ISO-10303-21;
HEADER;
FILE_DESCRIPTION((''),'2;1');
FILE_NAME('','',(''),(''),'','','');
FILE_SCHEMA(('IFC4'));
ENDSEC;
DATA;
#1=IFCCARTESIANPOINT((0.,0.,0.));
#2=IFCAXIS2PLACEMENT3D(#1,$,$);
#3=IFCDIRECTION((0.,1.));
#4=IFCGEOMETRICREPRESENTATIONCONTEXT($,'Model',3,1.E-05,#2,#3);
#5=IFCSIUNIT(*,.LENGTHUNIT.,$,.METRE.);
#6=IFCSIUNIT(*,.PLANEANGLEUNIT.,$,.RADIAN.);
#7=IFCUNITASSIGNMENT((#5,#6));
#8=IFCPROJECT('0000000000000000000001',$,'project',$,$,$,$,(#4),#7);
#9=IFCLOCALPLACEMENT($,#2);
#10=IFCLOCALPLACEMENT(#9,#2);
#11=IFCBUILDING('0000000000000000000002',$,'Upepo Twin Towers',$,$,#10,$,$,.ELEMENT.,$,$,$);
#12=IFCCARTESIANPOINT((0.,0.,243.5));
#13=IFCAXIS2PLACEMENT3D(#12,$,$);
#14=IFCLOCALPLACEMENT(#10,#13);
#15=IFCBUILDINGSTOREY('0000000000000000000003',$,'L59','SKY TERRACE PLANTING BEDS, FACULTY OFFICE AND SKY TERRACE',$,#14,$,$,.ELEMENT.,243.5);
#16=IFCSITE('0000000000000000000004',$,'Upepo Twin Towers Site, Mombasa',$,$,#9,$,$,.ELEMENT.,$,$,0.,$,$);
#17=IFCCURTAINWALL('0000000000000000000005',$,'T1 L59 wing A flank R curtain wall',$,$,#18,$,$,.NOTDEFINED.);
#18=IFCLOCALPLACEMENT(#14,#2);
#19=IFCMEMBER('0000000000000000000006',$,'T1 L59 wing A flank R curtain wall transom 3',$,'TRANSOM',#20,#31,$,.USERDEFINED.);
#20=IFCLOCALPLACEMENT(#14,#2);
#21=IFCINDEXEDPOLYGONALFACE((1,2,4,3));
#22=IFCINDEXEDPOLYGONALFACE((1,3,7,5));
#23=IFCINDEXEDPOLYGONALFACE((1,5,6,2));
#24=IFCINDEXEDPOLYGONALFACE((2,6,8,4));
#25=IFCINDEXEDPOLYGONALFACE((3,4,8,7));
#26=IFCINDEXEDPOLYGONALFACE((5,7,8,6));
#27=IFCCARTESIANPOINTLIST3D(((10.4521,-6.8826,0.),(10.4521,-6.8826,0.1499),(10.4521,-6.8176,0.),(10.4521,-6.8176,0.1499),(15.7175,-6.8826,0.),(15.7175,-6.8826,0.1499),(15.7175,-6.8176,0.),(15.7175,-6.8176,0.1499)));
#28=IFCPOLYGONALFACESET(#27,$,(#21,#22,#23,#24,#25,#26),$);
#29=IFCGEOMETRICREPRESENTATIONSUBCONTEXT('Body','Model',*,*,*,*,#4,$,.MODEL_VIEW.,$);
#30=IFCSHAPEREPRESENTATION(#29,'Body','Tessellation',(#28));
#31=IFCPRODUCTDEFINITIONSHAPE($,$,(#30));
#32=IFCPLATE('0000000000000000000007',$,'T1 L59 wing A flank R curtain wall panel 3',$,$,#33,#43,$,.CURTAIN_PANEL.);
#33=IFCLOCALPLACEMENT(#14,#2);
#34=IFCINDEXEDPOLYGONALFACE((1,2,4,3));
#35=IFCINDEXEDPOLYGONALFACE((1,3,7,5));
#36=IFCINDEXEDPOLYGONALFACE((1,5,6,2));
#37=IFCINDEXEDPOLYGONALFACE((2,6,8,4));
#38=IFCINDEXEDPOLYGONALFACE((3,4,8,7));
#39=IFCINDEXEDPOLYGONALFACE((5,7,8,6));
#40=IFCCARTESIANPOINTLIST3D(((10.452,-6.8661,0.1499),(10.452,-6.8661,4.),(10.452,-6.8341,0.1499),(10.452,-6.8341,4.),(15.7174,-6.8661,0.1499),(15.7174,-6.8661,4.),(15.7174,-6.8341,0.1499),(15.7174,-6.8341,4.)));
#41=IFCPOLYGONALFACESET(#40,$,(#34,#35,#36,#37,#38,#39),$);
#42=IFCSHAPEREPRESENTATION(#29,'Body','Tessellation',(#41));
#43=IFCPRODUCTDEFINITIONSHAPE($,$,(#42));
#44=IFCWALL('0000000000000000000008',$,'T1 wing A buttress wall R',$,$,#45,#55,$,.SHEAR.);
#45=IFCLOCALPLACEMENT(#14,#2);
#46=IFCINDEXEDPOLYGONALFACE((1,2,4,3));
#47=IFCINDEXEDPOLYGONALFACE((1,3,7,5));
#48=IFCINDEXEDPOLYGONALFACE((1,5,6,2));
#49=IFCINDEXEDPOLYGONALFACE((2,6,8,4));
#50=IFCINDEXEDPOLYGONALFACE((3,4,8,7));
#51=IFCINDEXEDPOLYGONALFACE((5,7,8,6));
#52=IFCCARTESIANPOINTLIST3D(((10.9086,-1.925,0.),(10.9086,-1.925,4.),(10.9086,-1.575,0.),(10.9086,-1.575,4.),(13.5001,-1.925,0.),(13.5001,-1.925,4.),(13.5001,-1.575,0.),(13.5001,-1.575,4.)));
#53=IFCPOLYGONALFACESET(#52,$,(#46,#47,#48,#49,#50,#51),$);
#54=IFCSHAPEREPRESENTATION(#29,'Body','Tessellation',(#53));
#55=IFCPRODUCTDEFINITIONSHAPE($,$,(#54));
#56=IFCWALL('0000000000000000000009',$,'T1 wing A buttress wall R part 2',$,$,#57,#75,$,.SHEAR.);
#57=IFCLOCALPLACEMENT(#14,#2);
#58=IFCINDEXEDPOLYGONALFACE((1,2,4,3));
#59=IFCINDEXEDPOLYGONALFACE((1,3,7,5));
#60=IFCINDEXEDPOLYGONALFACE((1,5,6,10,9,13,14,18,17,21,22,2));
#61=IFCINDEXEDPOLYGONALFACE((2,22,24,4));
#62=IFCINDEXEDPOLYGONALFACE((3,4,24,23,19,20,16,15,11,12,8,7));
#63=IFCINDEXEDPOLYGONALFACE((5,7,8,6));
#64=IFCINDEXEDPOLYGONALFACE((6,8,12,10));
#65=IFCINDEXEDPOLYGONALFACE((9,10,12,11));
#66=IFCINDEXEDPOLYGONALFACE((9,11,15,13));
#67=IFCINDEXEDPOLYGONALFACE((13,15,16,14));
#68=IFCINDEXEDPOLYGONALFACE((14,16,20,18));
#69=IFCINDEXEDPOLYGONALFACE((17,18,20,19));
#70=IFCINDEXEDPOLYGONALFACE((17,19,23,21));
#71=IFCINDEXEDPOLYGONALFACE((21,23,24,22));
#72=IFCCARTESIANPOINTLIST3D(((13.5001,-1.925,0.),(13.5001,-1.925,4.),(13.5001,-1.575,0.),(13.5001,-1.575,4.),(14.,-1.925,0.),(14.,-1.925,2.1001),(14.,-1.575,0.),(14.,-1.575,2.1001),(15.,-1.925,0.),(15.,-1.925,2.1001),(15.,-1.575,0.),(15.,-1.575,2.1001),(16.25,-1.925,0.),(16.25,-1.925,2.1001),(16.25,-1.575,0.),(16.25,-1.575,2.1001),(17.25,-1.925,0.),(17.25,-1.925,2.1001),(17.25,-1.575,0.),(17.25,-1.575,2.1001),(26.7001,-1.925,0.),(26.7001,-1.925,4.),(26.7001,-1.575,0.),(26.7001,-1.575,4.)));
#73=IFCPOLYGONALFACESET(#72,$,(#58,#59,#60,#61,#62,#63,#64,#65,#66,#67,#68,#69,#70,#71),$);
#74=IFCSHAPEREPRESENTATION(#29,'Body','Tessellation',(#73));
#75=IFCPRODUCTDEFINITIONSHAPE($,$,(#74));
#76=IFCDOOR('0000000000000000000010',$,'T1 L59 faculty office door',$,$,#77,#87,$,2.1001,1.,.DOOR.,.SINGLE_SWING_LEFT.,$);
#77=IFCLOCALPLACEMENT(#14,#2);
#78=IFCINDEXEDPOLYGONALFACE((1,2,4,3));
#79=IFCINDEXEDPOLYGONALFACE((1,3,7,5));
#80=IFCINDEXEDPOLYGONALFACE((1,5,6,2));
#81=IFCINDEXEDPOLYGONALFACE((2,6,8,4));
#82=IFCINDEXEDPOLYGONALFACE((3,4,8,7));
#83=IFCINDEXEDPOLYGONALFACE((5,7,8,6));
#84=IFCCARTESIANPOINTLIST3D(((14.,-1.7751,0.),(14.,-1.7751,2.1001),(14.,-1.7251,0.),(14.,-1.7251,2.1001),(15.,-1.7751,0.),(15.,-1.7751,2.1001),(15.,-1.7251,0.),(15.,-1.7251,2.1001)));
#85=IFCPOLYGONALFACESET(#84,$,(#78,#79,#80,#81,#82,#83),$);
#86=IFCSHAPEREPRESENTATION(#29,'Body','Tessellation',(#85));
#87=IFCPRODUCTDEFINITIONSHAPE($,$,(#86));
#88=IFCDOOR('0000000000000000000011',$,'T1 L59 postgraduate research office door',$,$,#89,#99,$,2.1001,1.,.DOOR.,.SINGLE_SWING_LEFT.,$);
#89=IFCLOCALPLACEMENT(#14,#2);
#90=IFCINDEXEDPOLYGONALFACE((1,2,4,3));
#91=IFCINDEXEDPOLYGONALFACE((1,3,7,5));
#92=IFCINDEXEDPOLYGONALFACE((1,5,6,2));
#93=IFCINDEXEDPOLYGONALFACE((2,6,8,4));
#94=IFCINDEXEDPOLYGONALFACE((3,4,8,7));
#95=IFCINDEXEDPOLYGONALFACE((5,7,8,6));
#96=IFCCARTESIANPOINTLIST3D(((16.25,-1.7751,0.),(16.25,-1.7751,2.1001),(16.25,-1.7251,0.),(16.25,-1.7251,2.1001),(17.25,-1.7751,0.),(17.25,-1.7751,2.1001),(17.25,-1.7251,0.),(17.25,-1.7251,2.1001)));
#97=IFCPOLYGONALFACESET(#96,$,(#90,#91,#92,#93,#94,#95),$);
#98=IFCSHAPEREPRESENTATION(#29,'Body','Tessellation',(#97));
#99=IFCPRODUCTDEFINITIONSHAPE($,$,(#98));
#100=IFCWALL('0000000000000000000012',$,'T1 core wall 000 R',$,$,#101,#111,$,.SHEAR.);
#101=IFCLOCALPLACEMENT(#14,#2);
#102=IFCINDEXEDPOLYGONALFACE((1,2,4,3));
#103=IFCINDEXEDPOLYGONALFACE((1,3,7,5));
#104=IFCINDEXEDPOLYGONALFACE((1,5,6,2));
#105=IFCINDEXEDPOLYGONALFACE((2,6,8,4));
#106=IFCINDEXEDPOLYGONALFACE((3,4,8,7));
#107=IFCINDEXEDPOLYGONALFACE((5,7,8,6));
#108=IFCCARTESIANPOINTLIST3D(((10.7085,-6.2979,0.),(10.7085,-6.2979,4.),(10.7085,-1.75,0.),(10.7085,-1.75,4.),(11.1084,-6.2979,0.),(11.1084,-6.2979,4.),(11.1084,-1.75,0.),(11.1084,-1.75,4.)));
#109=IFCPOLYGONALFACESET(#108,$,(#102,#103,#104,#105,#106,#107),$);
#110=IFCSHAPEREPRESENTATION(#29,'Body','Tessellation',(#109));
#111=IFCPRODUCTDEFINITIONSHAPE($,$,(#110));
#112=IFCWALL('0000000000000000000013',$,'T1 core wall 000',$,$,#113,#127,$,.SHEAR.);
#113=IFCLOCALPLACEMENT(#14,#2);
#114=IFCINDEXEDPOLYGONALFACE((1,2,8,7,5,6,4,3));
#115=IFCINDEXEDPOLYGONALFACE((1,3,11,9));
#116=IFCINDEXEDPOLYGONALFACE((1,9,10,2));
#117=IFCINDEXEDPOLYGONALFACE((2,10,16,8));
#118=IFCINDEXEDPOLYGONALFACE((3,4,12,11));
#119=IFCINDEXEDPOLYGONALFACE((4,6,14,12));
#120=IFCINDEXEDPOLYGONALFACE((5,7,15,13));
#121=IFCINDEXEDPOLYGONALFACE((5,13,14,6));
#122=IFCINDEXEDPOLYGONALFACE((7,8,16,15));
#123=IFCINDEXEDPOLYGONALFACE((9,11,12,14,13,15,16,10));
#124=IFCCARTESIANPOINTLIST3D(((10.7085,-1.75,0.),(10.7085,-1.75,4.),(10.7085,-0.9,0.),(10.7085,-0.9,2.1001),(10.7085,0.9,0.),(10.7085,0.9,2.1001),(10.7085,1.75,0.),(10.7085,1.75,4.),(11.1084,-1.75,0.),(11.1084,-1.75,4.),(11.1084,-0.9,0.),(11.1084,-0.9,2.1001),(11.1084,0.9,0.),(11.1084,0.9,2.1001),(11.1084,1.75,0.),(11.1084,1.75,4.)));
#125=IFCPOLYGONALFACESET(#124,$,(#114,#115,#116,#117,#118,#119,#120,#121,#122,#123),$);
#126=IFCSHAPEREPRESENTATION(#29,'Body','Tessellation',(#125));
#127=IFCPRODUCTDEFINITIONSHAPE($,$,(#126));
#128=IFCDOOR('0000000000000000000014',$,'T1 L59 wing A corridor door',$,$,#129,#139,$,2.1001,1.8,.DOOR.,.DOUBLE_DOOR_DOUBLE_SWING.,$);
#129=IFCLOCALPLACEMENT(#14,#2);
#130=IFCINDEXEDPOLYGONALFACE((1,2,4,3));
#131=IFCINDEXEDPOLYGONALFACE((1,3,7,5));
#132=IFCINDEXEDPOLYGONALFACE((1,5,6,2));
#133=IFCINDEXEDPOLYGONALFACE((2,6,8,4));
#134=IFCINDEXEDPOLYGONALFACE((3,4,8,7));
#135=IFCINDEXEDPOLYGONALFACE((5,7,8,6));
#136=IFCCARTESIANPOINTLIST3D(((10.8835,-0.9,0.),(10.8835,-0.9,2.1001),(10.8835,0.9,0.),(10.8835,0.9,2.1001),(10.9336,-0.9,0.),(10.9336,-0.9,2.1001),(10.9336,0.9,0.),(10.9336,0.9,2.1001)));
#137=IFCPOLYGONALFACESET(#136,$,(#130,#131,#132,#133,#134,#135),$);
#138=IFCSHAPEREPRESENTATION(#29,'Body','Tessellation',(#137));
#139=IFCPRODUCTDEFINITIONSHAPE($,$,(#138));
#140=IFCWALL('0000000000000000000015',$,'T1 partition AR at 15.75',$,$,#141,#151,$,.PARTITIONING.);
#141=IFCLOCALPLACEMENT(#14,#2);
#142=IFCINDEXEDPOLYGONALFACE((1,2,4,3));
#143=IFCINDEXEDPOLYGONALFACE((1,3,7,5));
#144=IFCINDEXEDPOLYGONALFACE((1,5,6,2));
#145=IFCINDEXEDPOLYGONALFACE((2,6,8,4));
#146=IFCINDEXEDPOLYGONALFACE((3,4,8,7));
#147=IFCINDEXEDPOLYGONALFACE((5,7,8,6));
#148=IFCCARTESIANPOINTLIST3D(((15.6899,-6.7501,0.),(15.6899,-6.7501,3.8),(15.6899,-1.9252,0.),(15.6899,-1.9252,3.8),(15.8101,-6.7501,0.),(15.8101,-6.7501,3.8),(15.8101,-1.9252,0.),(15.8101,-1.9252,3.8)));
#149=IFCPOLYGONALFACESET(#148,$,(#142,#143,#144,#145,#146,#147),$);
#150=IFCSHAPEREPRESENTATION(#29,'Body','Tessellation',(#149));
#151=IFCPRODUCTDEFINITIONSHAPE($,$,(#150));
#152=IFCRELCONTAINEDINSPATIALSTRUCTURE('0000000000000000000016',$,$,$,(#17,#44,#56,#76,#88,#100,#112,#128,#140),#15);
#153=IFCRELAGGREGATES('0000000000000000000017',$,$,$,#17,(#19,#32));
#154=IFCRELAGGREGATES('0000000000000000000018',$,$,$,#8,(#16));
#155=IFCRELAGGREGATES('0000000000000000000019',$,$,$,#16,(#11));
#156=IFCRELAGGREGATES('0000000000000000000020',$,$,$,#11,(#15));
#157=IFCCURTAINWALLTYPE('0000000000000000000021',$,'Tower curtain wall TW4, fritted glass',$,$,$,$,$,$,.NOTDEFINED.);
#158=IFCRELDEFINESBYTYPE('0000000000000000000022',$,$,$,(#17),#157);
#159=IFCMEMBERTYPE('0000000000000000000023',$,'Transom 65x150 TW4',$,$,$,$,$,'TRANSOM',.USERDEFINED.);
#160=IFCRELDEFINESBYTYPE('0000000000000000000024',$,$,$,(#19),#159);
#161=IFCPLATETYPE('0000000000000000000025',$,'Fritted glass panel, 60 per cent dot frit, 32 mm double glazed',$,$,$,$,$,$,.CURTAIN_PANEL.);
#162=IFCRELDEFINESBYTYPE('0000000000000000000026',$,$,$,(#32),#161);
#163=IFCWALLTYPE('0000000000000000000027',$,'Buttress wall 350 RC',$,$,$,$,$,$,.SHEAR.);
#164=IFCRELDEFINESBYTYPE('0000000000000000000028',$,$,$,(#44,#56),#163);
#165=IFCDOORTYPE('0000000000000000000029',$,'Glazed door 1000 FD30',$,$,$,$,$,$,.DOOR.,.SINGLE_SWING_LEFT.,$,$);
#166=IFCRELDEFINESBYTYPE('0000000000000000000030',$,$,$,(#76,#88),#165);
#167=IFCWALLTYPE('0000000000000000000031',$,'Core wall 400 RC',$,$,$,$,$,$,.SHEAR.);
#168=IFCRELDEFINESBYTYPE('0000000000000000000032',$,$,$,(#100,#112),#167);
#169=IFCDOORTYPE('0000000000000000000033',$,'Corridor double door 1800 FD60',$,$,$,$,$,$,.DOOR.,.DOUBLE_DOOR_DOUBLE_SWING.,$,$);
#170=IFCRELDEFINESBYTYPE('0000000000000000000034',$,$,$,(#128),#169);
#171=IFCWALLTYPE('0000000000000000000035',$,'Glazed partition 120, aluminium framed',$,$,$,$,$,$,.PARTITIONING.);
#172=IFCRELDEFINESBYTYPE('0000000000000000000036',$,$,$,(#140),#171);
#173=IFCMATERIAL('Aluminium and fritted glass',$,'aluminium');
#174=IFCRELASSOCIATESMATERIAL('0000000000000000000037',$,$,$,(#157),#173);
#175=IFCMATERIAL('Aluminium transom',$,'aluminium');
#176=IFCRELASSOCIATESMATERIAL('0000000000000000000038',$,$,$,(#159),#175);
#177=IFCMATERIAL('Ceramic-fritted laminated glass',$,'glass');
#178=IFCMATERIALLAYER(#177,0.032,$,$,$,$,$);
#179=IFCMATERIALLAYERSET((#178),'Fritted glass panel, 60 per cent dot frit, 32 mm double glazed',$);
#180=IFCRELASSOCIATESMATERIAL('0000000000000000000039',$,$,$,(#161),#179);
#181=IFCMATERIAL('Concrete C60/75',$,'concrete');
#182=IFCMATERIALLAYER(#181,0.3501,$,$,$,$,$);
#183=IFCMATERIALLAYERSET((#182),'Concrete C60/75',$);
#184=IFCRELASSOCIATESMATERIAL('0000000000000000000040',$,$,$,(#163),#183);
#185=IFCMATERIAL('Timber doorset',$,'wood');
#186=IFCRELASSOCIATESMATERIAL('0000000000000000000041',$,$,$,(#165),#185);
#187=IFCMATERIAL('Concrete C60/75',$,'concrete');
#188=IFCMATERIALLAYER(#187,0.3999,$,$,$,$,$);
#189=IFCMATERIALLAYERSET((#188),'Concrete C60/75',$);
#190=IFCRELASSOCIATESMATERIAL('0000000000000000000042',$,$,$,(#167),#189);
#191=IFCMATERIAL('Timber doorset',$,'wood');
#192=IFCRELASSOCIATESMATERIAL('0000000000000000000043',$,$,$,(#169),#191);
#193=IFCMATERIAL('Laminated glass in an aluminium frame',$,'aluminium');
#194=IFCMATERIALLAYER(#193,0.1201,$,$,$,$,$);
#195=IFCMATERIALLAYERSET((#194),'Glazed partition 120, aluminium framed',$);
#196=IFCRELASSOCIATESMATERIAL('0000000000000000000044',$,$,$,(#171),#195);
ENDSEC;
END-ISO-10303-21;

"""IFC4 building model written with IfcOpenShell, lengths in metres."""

from ifc_helpers import new_model, si_unit, direction, frame, frame_2d, origin, origin_2d, place, context, subcontext, project, spatial, rectangle, extrude, material, layer, layer_set, material_profile, profile_set, type_object, element, fill, aggregate, save


model = new_model("IFC4")

# Units and contexts
model_context = context("Model", 3, precision=1e-05, world=origin(), true_north=direction((0.0, 1.0)))
body_context = subcontext(model_context, "Body", "Model", "MODEL_VIEW")
ifc_project = project(units=[si_unit("LENGTHUNIT", "METRE"), si_unit("PLANEANGLEUNIT", "RADIAN")], contexts=[model_context])

# Site, building, storey
site_placement = place(None, origin())
site = spatial("IfcSite", under=ifc_project, at=site_placement, Name="Upepo Twin Towers Site, Mombasa", CompositionType="ELEMENT", RefElevation=0.0)
building_placement = place(site_placement, origin())
building = spatial("IfcBuilding", under=site, at=building_placement, Name="Upepo Twin Towers", CompositionType="ELEMENT")
storey_placement = place(building_placement, frame((0.0, 0.0, 243.5)))
storey = spatial("IfcBuildingStorey", under=building, at=storey_placement, Name="L59", Description="SKY TERRACE PLANTING BEDS, FACULTY OFFICE AND SKY TERRACE", CompositionType="ELEMENT", Elevation=243.5)

# Curtain wall, member, plate
ifc_material_1 = material(Name="Aluminium and fritted glass", Category="aluminium")
curtain_wall_type = type_object("IfcCurtainWallType", Name="Tower curtain wall TW4, fritted glass", PredefinedType="NOTDEFINED", material=ifc_material_1)
curtain_wall_placement = place(storey_placement, origin())
curtain_wall = element("IfcCurtainWall", 1, at=curtain_wall_placement, inside=storey, type_object=curtain_wall_type, Name="T1 L59 wing A flank R curtain wall", PredefinedType="NOTDEFINED")
ifc_material_2 = material(Name="Aluminium transom", Category="aluminium")
ifc_material_profile_1 = material_profile(ifc_material_2, rectangle(XDim=0.0649, YDim=0.1499, at=origin_2d()), Name="TRANSOM 65x150")
ifc_profile_set_1 = profile_set([ifc_material_profile_1], Name="Aluminium transom")
member_type_1 = type_object("IfcMemberType", Name="Transom 65x150 TW4", ElementType="TRANSOM", PredefinedType="USERDEFINED", material=ifc_profile_set_1)
member_1_placement = place(storey_placement, frame((15.7175, -6.8501, 0.075), z_axis=(-1.0, 0.0, 0.0), x_axis=(0.0, -1.0, 0.0)))
member_1 = element("IfcMember", 2, at=member_1_placement, type_object=member_type_1, Name="T1 L59 wing A flank R curtain wall transom 3", ObjectType="TRANSOM", PredefinedType="USERDEFINED", context=body_context, shape_type="SweptSolid", body=[
    extrude(rectangle(XDim=0.0649, YDim=0.1499, at=origin_2d()), origin(), (0.0, 0.0, 1.0), 5.2654),
])
ifc_material_3 = material(Name="Ceramic-fritted laminated glass", Category="glass")
ifc_layer_1 = layer(ifc_material_3, 0.032)
ifc_layer_set_1 = layer_set([ifc_layer_1], Name="Fritted glass panel, 60 per cent dot frit, 32 mm double glazed")
plate_type = type_object("IfcPlateType", Name="Fritted glass panel, 60 per cent dot frit, 32 mm double glazed", PredefinedType="CURTAIN_PANEL", material=ifc_layer_set_1)
plate_placement = place(storey_placement, frame((13.0847, -6.8501, 0.1499), z_axis=(0.0, 0.0, 1.0), x_axis=(-1.0, 0.0, 0.0)))
plate = element("IfcPlate", 3, at=plate_placement, type_object=plate_type, Name="T1 L59 wing A flank R curtain wall panel 3", PredefinedType="CURTAIN_PANEL", context=body_context, shape_type="SweptSolid", body=[
    extrude(rectangle(XDim=5.2654, YDim=0.032, at=origin_2d()), origin(), (0.0, 0.0, 1.0), 3.8501),
])
aggregate(curtain_wall, [member_1, plate])

# Wall
ifc_material_4 = material(Name="Concrete C60/75", Category="concrete")
ifc_layer_2 = layer(ifc_material_4, 0.3501)
ifc_layer_set_2 = layer_set([ifc_layer_2], Name="Concrete C60/75")
wall_type_1 = type_object("IfcWallType", Name="Buttress wall 350 RC", PredefinedType="SHEAR", material=ifc_layer_set_2)
wall_1_placement = place(storey_placement, frame((10.9084, -1.75, 0.0), z_axis=(0.0, 0.0, 1.0), x_axis=(1.0, 0.0, 0.0)))
element("IfcWall", 4, at=wall_1_placement, inside=storey, type_object=wall_type_1, Name="T1 wing A buttress wall R", PredefinedType="SHEAR", context=body_context, shape_type="SweptSolid", body=[
    extrude(rectangle(XDim=2.5916, YDim=0.3501, at=frame_2d((1.2959, 0.0))), origin(), (0.0, 0.0, 1.0), 4.0),
])

# Wall, openings, doors
wall_2_placement = place(storey_placement, frame((13.5, -1.75, 0.0), z_axis=(0.0, 0.0, 1.0), x_axis=(1.0, 0.0, 0.0)))
wall_2 = element("IfcWall", 5, at=wall_2_placement, inside=storey, type_object=wall_type_1, Name="T1 wing A buttress wall R part 2", PredefinedType="SHEAR", context=body_context, shape_type="SweptSolid", body=[
    extrude(rectangle(XDim=13.2, YDim=0.3501, at=frame_2d((6.6001, 0.0))), origin(), (0.0, 0.0, 1.0), 4.0),
])
opening_1_placement = place(wall_2_placement, frame((0.5, 0.0, 0.0)))
opening_1 = element("IfcOpeningElement", 6, at=opening_1_placement, cuts=wall_2, PredefinedType="OPENING", context=body_context, shape_type="SweptSolid", body=[
    extrude(rectangle(XDim=1.0, YDim=2.1001, at=frame_2d((0.5, 1.05))), frame((0.0, 0.1851, 0.0), z_axis=(0.0, -1.0, 0.0), x_axis=(1.0, 0.0, 0.0)), (0.0, 0.0, 1.0), 0.3701),
])
opening_2_placement = place(wall_2_placement, frame((2.75, 0.0, 0.0)))
opening_2 = element("IfcOpeningElement", 7, at=opening_2_placement, cuts=wall_2, PredefinedType="OPENING", context=body_context, shape_type="SweptSolid", body=[
    extrude(rectangle(XDim=1.0, YDim=2.1001, at=frame_2d((0.5, 1.05))), frame((0.0, 0.1851, 0.0), z_axis=(0.0, -1.0, 0.0), x_axis=(1.0, 0.0, 0.0)), (0.0, 0.0, 1.0), 0.3701),
])
ifc_material_5 = material(Name="Timber doorset", Category="wood")
door_type_1 = type_object("IfcDoorType", Name="Glazed door 1000 FD30", OperationType="SINGLE_SWING_LEFT", PredefinedType="DOOR", material=ifc_material_5)
door_1_placement = place(opening_1_placement, origin())
door_1 = element("IfcDoor", 8, at=door_1_placement, inside=storey, type_object=door_type_1, Name="T1 L59 faculty office door", OperationType="SINGLE_SWING_LEFT", OverallHeight=2.1001, OverallWidth=1.0, PredefinedType="DOOR", context=body_context, shape_type="SweptSolid", body=[
    extrude(rectangle(XDim=1.0, YDim=2.1001, at=frame_2d((0.5, 1.05))), frame((0.0, 0.0249, 0.0), z_axis=(0.0, -1.0, 0.0), x_axis=(1.0, 0.0, 0.0)), (0.0, 0.0, 1.0), 0.05),
])
fill(opening_1, door_1)
door_2_placement = place(opening_2_placement, origin())
door_2 = element("IfcDoor", 9, at=door_2_placement, inside=storey, type_object=door_type_1, Name="T1 L59 postgraduate research office door", OperationType="SINGLE_SWING_LEFT", OverallHeight=2.1001, OverallWidth=1.0, PredefinedType="DOOR", context=body_context, shape_type="SweptSolid", body=[
    extrude(rectangle(XDim=1.0, YDim=2.1001, at=frame_2d((0.5, 1.05))), frame((0.0, 0.0249, 0.0), z_axis=(0.0, -1.0, 0.0), x_axis=(1.0, 0.0, 0.0)), (0.0, 0.0, 1.0), 0.05),
])
fill(opening_2, door_2)

# Wall
ifc_material_6 = material(Name="Concrete C60/75", Category="concrete")
ifc_layer_3 = layer(ifc_material_6, 0.3999)
ifc_layer_set_3 = layer_set([ifc_layer_3], Name="Concrete C60/75")
wall_type_2 = type_object("IfcWallType", Name="Core wall 400 RC", PredefinedType="SHEAR", material=ifc_layer_set_3)
wall_3_placement = place(storey_placement, frame((10.9084, -6.2979, 0.0), z_axis=(0.0, 0.0, 1.0), x_axis=(0.0, 1.0, 0.0)))
element("IfcWall", 10, at=wall_3_placement, inside=storey, type_object=wall_type_2, Name="T1 core wall 000 R", PredefinedType="SHEAR", context=body_context, shape_type="SweptSolid", body=[
    extrude(rectangle(XDim=4.5479, YDim=0.3999, at=frame_2d((2.2739, 0.0))), origin(), (0.0, 0.0, 1.0), 4.0),
])

# Wall, opening, door
wall_4_placement = place(storey_placement, frame((10.9084, -1.75, 0.0), z_axis=(0.0, 0.0, 1.0), x_axis=(0.0, 1.0, 0.0)))
wall_4 = element("IfcWall", 11, at=wall_4_placement, inside=storey, type_object=wall_type_2, Name="T1 core wall 000", PredefinedType="SHEAR", context=body_context, shape_type="SweptSolid", body=[
    extrude(rectangle(XDim=3.5, YDim=0.3999, at=frame_2d((1.75, 0.0))), origin(), (0.0, 0.0, 1.0), 4.0),
])
opening_3_placement = place(wall_4_placement, frame((0.8501, 0.0, 0.0)))
opening_3 = element("IfcOpeningElement", 12, at=opening_3_placement, cuts=wall_4, PredefinedType="OPENING", context=body_context, shape_type="SweptSolid", body=[
    extrude(rectangle(XDim=1.8, YDim=2.1001, at=frame_2d((0.8999, 1.05))), frame((0.0, 0.21, 0.0), z_axis=(0.0, -1.0, 0.0), x_axis=(1.0, 0.0, 0.0)), (0.0, 0.0, 1.0), 0.4199),
])
ifc_material_7 = material(Name="Timber doorset", Category="wood")
door_type_2 = type_object("IfcDoorType", Name="Corridor double door 1800 FD60", OperationType="DOUBLE_DOOR_DOUBLE_SWING", PredefinedType="DOOR", material=ifc_material_7)
door_3_placement = place(opening_3_placement, origin())
door_3 = element("IfcDoor", 13, at=door_3_placement, inside=storey, type_object=door_type_2, Name="T1 L59 wing A corridor door", OperationType="DOUBLE_DOOR_DOUBLE_SWING", OverallHeight=2.1001, OverallWidth=1.8, PredefinedType="DOOR", context=body_context, shape_type="SweptSolid", body=[
    extrude(rectangle(XDim=1.8, YDim=2.1001, at=frame_2d((0.8999, 1.05))), frame((0.0, 0.0249, 0.0), z_axis=(0.0, -1.0, 0.0), x_axis=(1.0, 0.0, 0.0)), (0.0, 0.0, 1.0), 0.05),
])
fill(opening_3, door_3)

# Wall
ifc_material_8 = material(Name="Laminated glass in an aluminium frame", Category="aluminium")
ifc_layer_4 = layer(ifc_material_8, 0.1201)
ifc_layer_set_4 = layer_set([ifc_layer_4], Name="Glazed partition 120, aluminium framed")
wall_type_3 = type_object("IfcWallType", Name="Glazed partition 120, aluminium framed", PredefinedType="PARTITIONING", material=ifc_layer_set_4)
wall_5_placement = place(storey_placement, frame((15.75, -1.925, 0.0), z_axis=(0.0, 0.0, 1.0), x_axis=(0.0, -1.0, 0.0)))
element("IfcWall", 14, at=wall_5_placement, inside=storey, type_object=wall_type_3, Name="T1 partition AR at 15.75", PredefinedType="PARTITIONING", context=body_context, shape_type="SweptSolid", body=[
    extrude(rectangle(XDim=4.825, YDim=0.1201, at=frame_2d((2.4126, 0.0))), origin(), (0.0, 0.0, 1.0), 3.8),
])

save(model, "model.ifc")
